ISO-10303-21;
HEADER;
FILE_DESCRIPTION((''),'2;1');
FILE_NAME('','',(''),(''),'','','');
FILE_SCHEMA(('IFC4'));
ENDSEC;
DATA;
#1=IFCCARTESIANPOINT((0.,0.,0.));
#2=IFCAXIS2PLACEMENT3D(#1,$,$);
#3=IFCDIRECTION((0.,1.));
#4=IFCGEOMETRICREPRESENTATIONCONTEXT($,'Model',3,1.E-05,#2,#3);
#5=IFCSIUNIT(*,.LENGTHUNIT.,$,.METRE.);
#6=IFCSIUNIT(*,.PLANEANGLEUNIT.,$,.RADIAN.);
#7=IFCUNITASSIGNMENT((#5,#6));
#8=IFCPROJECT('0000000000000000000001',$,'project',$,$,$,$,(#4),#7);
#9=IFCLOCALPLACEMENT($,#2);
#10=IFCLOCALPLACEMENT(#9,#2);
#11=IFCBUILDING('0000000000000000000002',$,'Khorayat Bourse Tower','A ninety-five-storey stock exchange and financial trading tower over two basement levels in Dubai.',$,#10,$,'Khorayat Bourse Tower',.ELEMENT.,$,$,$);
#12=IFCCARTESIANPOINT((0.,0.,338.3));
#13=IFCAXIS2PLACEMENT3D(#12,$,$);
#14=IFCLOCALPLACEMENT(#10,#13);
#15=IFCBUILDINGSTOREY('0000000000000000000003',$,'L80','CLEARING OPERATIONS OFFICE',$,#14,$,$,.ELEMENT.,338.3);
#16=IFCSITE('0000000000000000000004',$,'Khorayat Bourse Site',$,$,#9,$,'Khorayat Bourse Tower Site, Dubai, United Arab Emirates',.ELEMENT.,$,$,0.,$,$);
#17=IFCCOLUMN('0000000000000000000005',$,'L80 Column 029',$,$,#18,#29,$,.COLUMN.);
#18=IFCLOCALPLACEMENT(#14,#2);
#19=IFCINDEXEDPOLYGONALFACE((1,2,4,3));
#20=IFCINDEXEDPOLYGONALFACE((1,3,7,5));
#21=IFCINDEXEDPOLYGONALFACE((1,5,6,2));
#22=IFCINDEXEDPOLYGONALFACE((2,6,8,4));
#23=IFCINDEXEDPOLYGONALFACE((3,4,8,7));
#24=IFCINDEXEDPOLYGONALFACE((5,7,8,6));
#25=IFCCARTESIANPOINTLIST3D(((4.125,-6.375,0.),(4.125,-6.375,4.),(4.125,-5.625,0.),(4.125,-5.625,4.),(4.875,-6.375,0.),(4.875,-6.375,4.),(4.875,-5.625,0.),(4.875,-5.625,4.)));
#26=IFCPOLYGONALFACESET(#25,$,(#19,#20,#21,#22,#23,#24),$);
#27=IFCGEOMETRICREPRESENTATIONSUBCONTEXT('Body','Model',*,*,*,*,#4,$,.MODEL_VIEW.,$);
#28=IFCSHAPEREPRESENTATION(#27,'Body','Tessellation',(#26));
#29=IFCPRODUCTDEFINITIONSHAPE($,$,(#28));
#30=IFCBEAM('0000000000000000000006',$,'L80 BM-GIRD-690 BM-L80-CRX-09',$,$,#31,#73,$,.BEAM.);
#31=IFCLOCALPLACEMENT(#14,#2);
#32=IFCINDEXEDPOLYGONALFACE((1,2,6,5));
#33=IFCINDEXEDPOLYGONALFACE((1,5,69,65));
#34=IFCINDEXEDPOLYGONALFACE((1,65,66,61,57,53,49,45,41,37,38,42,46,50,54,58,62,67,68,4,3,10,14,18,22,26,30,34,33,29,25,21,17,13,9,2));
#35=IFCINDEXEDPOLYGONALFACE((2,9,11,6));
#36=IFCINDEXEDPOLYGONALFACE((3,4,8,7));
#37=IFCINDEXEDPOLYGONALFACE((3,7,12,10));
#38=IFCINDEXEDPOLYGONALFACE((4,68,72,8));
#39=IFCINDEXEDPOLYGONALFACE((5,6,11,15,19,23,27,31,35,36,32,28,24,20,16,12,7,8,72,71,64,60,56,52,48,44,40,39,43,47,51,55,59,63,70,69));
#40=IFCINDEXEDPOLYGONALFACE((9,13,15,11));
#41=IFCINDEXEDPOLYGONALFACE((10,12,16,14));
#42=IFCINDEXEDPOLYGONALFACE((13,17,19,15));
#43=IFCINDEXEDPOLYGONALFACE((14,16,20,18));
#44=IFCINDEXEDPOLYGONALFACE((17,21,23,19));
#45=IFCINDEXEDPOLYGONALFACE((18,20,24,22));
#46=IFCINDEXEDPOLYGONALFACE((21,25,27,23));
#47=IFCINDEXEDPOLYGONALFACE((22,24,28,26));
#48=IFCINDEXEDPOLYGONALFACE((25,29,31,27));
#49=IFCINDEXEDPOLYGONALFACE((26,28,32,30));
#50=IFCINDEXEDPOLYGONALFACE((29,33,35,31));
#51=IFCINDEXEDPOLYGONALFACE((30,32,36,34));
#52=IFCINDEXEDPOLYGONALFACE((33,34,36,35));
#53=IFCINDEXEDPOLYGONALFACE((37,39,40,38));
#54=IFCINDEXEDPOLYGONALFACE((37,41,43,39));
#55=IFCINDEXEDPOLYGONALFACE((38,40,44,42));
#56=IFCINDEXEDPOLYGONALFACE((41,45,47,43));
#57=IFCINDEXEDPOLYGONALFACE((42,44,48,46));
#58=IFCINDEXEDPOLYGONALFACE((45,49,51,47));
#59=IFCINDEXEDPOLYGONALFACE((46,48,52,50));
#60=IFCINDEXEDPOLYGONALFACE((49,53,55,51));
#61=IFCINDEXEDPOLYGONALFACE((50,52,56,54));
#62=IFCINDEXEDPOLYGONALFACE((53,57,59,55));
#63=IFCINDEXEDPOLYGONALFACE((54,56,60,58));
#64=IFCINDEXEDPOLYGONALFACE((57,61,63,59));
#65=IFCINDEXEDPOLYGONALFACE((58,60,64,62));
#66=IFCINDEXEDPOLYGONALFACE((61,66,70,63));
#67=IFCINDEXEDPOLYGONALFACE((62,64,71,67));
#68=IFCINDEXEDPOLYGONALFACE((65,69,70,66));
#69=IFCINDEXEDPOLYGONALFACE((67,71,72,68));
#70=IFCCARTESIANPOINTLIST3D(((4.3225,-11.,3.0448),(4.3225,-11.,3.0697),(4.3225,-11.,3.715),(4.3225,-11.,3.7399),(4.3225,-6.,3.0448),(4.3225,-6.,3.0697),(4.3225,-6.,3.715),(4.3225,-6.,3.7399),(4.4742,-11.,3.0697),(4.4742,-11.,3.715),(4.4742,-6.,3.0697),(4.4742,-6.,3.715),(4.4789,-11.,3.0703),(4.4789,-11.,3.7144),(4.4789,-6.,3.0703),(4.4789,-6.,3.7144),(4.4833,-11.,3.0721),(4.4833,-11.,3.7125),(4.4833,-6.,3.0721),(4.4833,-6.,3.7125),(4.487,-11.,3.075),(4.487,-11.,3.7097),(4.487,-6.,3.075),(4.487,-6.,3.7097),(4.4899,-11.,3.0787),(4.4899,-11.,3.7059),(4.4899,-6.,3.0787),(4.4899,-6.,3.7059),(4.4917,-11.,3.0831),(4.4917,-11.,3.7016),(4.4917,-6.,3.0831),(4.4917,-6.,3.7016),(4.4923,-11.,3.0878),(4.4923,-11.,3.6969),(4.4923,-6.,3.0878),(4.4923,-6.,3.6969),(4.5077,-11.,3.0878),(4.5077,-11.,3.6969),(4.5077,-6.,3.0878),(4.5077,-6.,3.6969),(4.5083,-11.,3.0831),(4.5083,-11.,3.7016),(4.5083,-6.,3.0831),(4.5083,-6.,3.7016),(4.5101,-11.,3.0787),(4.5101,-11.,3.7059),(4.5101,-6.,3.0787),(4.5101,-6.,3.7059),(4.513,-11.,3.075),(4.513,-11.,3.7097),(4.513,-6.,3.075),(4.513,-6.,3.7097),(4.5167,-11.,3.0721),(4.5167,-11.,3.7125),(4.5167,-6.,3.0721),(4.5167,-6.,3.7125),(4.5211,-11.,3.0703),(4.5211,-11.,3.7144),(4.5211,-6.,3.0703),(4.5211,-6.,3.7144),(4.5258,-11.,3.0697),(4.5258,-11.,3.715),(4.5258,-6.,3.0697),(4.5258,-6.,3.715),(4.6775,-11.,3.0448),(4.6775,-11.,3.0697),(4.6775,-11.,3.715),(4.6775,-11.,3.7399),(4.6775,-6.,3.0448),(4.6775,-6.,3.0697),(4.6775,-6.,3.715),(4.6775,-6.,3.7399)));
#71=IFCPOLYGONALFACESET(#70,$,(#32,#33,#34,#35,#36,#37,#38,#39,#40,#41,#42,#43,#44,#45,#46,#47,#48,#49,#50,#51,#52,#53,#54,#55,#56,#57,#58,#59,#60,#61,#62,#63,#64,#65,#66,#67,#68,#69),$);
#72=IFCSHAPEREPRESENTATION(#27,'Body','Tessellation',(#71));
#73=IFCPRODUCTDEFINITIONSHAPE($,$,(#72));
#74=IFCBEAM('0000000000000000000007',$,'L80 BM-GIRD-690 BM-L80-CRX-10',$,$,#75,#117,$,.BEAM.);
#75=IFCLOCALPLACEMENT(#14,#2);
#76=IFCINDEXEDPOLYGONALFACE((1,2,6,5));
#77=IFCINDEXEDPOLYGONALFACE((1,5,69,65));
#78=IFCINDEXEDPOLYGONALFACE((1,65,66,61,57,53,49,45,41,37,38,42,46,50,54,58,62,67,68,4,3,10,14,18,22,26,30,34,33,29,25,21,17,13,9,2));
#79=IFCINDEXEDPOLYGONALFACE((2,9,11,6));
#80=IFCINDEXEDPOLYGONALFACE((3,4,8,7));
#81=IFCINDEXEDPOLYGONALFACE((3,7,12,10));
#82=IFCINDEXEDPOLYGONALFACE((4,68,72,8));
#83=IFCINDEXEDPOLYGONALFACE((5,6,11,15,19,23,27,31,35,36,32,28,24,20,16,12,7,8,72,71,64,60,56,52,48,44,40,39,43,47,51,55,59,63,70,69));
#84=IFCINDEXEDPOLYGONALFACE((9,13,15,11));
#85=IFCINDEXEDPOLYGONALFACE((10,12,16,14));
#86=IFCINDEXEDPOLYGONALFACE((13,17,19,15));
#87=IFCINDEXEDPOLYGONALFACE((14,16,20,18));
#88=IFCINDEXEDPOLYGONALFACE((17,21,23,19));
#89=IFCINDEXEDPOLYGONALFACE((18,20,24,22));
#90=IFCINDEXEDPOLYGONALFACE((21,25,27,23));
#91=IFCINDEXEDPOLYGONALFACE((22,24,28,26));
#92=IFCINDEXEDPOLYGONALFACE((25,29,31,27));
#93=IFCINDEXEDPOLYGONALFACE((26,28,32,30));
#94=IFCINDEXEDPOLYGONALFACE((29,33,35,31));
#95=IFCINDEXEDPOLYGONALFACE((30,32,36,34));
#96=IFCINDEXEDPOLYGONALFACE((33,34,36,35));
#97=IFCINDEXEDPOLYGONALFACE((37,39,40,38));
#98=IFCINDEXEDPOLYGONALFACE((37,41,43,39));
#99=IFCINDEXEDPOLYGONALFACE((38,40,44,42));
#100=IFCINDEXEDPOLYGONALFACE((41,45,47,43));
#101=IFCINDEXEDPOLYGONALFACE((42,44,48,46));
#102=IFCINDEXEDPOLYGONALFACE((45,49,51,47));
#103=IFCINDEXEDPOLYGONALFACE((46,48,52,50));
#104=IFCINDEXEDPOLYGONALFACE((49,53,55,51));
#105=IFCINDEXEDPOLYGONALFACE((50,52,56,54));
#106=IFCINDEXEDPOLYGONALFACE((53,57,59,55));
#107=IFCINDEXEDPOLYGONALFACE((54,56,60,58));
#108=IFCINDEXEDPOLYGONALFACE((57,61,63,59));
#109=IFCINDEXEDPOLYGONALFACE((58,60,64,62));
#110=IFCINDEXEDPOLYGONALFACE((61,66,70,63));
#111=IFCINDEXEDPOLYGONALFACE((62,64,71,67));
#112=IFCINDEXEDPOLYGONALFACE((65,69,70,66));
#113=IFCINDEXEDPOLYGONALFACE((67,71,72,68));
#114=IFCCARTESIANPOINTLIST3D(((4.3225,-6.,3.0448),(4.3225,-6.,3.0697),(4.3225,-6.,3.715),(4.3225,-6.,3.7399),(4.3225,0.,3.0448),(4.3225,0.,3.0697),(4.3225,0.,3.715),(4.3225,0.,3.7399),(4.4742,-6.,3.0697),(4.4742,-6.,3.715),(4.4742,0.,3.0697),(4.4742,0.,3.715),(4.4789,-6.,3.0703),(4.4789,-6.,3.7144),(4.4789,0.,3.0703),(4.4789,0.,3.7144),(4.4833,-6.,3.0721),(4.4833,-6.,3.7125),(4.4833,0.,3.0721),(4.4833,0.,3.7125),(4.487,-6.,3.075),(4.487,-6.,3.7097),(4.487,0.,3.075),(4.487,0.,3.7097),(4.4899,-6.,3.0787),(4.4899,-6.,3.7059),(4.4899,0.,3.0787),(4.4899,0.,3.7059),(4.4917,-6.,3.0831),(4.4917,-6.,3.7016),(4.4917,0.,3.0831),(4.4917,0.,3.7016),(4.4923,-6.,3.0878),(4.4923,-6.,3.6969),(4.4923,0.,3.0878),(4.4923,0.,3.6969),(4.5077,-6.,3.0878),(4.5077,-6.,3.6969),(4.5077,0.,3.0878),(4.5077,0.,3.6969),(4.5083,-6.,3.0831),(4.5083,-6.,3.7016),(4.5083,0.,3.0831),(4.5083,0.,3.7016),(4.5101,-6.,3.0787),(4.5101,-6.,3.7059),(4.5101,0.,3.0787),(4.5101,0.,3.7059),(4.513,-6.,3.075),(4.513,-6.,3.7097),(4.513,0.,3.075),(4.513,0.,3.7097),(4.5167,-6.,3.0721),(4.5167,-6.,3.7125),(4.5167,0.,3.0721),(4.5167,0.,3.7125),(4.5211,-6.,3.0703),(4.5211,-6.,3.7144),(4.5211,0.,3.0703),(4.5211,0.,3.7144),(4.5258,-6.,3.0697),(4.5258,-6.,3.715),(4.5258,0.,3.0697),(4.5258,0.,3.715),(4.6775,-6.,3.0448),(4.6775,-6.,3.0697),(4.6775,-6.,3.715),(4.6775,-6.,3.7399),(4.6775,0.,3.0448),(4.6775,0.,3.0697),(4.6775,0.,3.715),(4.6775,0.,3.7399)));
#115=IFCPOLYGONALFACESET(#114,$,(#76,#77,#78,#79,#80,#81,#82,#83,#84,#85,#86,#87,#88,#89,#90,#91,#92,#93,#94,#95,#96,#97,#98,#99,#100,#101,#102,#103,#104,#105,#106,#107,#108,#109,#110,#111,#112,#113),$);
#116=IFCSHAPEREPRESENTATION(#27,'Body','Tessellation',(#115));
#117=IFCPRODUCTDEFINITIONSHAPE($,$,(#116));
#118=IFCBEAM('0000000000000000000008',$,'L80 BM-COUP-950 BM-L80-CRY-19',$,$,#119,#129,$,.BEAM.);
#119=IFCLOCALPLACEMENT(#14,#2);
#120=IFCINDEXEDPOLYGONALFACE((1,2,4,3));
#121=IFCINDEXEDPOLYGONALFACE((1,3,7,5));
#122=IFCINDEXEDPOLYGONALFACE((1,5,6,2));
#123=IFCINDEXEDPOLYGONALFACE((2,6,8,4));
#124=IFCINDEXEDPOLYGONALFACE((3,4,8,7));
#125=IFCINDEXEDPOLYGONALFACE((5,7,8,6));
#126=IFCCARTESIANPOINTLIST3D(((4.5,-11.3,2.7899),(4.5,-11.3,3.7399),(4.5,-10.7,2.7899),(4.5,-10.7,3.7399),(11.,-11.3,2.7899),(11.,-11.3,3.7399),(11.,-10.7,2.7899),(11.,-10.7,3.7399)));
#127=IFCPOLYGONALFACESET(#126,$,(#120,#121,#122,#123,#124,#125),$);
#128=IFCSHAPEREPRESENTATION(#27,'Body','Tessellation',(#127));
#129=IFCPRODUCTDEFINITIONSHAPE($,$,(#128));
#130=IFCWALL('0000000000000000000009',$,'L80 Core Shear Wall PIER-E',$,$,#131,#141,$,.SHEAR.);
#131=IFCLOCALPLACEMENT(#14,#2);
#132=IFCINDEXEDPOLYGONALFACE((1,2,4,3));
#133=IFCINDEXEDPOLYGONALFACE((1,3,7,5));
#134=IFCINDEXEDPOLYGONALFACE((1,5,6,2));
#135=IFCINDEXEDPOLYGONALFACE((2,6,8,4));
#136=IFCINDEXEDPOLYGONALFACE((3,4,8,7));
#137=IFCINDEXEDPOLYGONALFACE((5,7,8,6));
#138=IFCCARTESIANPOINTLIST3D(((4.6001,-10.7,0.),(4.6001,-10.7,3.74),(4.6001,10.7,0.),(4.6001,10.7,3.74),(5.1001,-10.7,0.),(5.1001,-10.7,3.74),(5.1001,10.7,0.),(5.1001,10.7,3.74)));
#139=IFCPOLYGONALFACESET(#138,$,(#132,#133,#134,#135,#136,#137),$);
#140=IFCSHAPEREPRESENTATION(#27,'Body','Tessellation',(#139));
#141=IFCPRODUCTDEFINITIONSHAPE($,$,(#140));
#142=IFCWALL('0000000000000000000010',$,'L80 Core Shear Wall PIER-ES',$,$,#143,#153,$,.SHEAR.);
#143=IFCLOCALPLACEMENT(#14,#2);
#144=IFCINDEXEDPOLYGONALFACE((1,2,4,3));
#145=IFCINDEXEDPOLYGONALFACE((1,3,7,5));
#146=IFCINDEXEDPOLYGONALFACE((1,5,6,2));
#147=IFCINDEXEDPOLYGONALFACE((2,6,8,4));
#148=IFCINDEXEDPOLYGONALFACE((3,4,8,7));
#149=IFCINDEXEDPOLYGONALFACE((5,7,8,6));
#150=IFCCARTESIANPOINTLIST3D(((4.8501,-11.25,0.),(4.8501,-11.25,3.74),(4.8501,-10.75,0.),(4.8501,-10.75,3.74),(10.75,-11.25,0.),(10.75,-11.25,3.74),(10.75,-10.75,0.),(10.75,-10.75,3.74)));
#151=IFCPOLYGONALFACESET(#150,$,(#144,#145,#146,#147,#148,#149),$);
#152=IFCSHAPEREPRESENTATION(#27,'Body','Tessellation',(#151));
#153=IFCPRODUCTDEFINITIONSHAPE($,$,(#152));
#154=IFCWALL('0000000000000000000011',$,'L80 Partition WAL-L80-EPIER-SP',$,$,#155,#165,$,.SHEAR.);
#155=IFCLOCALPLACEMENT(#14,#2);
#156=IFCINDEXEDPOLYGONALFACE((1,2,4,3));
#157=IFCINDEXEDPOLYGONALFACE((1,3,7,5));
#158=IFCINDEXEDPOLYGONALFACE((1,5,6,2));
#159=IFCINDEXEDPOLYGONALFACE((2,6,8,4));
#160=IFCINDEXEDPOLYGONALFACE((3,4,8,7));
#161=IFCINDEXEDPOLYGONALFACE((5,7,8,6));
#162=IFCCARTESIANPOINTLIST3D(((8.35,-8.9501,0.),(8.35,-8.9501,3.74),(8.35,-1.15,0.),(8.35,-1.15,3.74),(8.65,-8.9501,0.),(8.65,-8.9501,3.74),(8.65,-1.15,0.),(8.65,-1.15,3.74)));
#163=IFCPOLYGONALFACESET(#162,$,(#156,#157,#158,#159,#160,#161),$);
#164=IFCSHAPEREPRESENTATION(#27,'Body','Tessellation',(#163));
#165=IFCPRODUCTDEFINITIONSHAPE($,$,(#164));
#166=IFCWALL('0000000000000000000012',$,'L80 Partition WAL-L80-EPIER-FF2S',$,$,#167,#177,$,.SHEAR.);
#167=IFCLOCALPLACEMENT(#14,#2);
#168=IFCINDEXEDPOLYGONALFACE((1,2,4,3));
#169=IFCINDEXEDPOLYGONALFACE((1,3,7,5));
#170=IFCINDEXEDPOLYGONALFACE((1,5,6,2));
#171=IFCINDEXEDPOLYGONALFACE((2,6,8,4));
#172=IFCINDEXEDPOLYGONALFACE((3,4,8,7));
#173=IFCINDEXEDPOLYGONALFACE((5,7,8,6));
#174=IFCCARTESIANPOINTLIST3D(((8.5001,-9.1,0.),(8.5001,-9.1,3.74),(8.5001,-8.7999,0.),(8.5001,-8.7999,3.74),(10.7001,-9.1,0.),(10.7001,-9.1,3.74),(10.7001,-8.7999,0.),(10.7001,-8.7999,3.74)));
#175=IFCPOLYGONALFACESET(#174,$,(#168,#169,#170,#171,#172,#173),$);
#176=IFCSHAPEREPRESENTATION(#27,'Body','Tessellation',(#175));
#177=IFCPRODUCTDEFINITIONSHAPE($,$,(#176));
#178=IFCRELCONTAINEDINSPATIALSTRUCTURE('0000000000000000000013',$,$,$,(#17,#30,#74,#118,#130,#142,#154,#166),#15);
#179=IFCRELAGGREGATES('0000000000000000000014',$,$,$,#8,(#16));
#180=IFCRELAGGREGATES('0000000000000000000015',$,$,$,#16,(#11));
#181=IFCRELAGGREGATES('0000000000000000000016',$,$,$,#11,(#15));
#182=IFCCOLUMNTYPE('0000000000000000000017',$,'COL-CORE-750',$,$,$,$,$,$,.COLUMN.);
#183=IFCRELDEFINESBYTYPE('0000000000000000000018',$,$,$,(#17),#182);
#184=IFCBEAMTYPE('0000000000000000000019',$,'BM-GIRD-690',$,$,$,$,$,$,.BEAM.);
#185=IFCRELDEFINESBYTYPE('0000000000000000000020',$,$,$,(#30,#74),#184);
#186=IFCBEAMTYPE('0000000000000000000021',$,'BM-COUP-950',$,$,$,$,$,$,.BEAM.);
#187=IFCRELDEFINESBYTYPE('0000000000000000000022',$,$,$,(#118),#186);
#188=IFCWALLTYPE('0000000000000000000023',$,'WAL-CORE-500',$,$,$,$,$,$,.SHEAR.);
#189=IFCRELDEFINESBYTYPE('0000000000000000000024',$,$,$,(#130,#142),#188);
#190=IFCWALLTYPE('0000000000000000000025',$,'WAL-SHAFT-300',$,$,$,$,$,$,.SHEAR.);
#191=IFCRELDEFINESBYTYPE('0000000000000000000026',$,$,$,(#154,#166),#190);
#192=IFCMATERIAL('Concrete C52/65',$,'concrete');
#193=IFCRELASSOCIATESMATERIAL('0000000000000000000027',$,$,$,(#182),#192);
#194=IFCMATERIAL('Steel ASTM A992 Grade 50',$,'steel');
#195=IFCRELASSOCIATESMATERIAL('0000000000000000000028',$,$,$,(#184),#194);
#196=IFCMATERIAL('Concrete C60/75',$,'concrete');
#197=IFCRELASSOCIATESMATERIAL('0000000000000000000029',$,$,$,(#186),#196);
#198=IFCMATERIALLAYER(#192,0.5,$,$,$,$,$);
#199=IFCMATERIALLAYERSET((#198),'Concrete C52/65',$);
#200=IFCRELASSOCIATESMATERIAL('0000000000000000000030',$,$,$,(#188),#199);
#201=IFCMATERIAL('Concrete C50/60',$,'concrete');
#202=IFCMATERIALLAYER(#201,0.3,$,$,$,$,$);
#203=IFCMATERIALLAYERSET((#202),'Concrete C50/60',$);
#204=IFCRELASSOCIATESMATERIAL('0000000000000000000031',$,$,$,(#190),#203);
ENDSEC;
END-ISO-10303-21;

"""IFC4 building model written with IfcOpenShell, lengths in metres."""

from ifc_helpers import new_model, si_unit, direction, frame, frame_2d, origin, origin_2d, place, context, subcontext, project, spatial, rectangle, i_section, extrude, source, transform, mapped, material, layer, layer_set, material_profile, profile_set, type_object, element, save


model = new_model("IFC4")

# Units and contexts
model_context = context("Model", 3, precision=1e-05, world=origin(), true_north=direction((0.0, 1.0)))
body_context = subcontext(model_context, "Body", "Model", "MODEL_VIEW")
ifc_project = project(units=[si_unit("LENGTHUNIT", "METRE"), si_unit("PLANEANGLEUNIT", "RADIAN")], contexts=[model_context])

# Site, building, storey
site_placement = place(None, origin())
site = spatial("IfcSite", under=ifc_project, at=site_placement, Name="Khorayat Bourse Site", LongName="Khorayat Bourse Tower Site, Dubai, United Arab Emirates", CompositionType="ELEMENT", RefElevation=0.0)
building_placement = place(site_placement, origin())
building = spatial("IfcBuilding", under=site, at=building_placement, Name="Khorayat Bourse Tower", Description="A ninety-five-storey stock exchange and financial trading tower over two basement levels in Dubai.", LongName="Khorayat Bourse Tower", CompositionType="ELEMENT")
storey_placement = place(building_placement, frame((0.0, 0.0, 338.3)))
storey = spatial("IfcBuildingStorey", under=building, at=storey_placement, Name="L80", Description="CLEARING OPERATIONS OFFICE", CompositionType="ELEMENT", Elevation=338.3)

# Column
ifc_material_1 = material(Name="Concrete C52/65", Category="concrete")
ifc_material_profile_1 = material_profile(ifc_material_1, rectangle(XDim=0.75, YDim=0.75, at=origin_2d()), Name="RC 750x750")
ifc_profile_set_1 = profile_set([ifc_material_profile_1], Name="Concrete C52/65")
column_type = type_object("IfcColumnType", Name="COL-CORE-750", PredefinedType="COLUMN", material=ifc_profile_set_1)
shared_shape_1 = source(origin(), body_context, "Body", "SweptSolid", [
    extrude(rectangle(XDim=0.75, YDim=0.75, at=origin_2d()), origin(), (0.0, 0.0, 1.0), 4.0),
])
column_placement = place(storey_placement, frame((4.5, -6.0, 0.0), z_axis=(0.0, 0.0, 1.0), x_axis=(1.0, 0.0, 0.0)))
element("IfcColumn", 1, at=column_placement, inside=storey, type_object=column_type, Name="L80 Column 029", PredefinedType="COLUMN", context=body_context, shape_type="MappedRepresentation", body=[
    mapped(shared_shape_1, transform((0.0, 0.0, 0.0), scale=1.0)),
])

# Beams
ifc_material_2 = material(Name="Steel ASTM A992 Grade 50", Category="steel")
ifc_material_profile_2 = material_profile(ifc_material_2, i_section(OverallWidth=0.355, OverallDepth=0.6951, WebThickness=0.0154, FlangeThickness=0.0249, FilletRadius=0.0181, at=origin_2d()), Name="W690X217")
ifc_profile_set_2 = profile_set([ifc_material_profile_2], Name="Steel ASTM A992 Grade 50")
beam_type_1 = type_object("IfcBeamType", Name="BM-GIRD-690", PredefinedType="BEAM", material=ifc_profile_set_2)
shared_shape_2 = source(origin(), body_context, "Body", "SweptSolid", [
    extrude(i_section(OverallWidth=0.355, OverallDepth=0.6951, WebThickness=0.0154, FlangeThickness=0.0249, FilletRadius=0.0181, at=origin_2d()), origin(), (0.0, 0.0, 1.0), 5.0),
])
beam_1_placement = place(storey_placement, frame((4.5, -11.0, 3.3923), z_axis=(0.0, 1.0, 0.0), x_axis=(-1.0, 0.0, 0.0)))
element("IfcBeam", 2, at=beam_1_placement, inside=storey, type_object=beam_type_1, Name="L80 BM-GIRD-690 BM-L80-CRX-09", PredefinedType="BEAM", context=body_context, shape_type="MappedRepresentation", body=[
    mapped(shared_shape_2, transform((0.0, 0.0, 0.0), scale=1.0)),
])
shared_shape_3 = source(origin(), body_context, "Body", "SweptSolid", [
    extrude(i_section(OverallWidth=0.355, OverallDepth=0.6951, WebThickness=0.0154, FlangeThickness=0.0249, FilletRadius=0.0181, at=origin_2d()), origin(), (0.0, 0.0, 1.0), 6.0),
])
beam_2_placement = place(storey_placement, frame((4.5, -6.0, 3.3923), z_axis=(0.0, 1.0, 0.0), x_axis=(-1.0, 0.0, 0.0)))
element("IfcBeam", 3, at=beam_2_placement, inside=storey, type_object=beam_type_1, Name="L80 BM-GIRD-690 BM-L80-CRX-10", PredefinedType="BEAM", context=body_context, shape_type="MappedRepresentation", body=[
    mapped(shared_shape_3, transform((0.0, 0.0, 0.0), scale=1.0)),
])
ifc_material_3 = material(Name="Concrete C60/75", Category="concrete")
ifc_material_profile_3 = material_profile(ifc_material_3, rectangle(XDim=0.6001, YDim=0.95, at=origin_2d()), Name="RC 600x950")
ifc_profile_set_3 = profile_set([ifc_material_profile_3], Name="Concrete C60/75")
beam_type_2 = type_object("IfcBeamType", Name="BM-COUP-950", PredefinedType="BEAM", material=ifc_profile_set_3)
shared_shape_4 = source(origin(), body_context, "Body", "SweptSolid", [
    extrude(rectangle(XDim=0.6001, YDim=0.95, at=origin_2d()), origin(), (0.0, 0.0, 1.0), 6.5),
])
beam_3_placement = place(storey_placement, frame((4.5, -11.0, 3.2649), z_axis=(1.0, 0.0, 0.0), x_axis=(0.0, 1.0, 0.0)))
element("IfcBeam", 4, at=beam_3_placement, inside=storey, type_object=beam_type_2, Name="L80 BM-COUP-950 BM-L80-CRY-19", PredefinedType="BEAM", context=body_context, shape_type="MappedRepresentation", body=[
    mapped(shared_shape_4, transform((0.0, 0.0, 0.0), scale=1.0)),
])

# Walls
ifc_layer_1 = layer(ifc_material_1, 0.5)
ifc_layer_set_1 = layer_set([ifc_layer_1], Name="Concrete C52/65")
wall_type_1 = type_object("IfcWallType", Name="WAL-CORE-500", PredefinedType="SHEAR", material=ifc_layer_set_1)
shared_shape_5 = source(origin(), body_context, "Body", "SweptSolid", [
    extrude(rectangle(XDim=21.3999, YDim=0.5, at=frame_2d((10.7, 0.0))), origin(), (0.0, 0.0, 1.0), 3.74),
])
wall_1_placement = place(storey_placement, frame((4.8501, -10.7, 0.0), z_axis=(0.0, 0.0, 1.0), x_axis=(0.0, 1.0, 0.0)))
element("IfcWall", 5, at=wall_1_placement, inside=storey, type_object=wall_type_1, Name="L80 Core Shear Wall PIER-E", PredefinedType="SHEAR", context=body_context, shape_type="MappedRepresentation", body=[
    mapped(shared_shape_5, transform((0.0, 0.0, 0.0), scale=1.0)),
])
shared_shape_6 = source(origin(), body_context, "Body", "SweptSolid", [
    extrude(rectangle(XDim=5.8999, YDim=0.5, at=frame_2d((2.95, 0.0))), origin(), (0.0, 0.0, 1.0), 3.74),
])
wall_2_placement = place(storey_placement, frame((4.8501, -11.0, 0.0), z_axis=(0.0, 0.0, 1.0), x_axis=(1.0, 0.0, 0.0)))
element("IfcWall", 6, at=wall_2_placement, inside=storey, type_object=wall_type_1, Name="L80 Core Shear Wall PIER-ES", PredefinedType="SHEAR", context=body_context, shape_type="MappedRepresentation", body=[
    mapped(shared_shape_6, transform((0.0, 0.0, 0.0), scale=1.0)),
])
ifc_material_4 = material(Name="Concrete C50/60", Category="concrete")
ifc_layer_2 = layer(ifc_material_4, 0.3)
ifc_layer_set_2 = layer_set([ifc_layer_2], Name="Concrete C50/60")
wall_type_2 = type_object("IfcWallType", Name="WAL-SHAFT-300", PredefinedType="SHEAR", material=ifc_layer_set_2)
shared_shape_7 = source(origin(), body_context, "Body", "SweptSolid", [
    extrude(rectangle(XDim=7.8, YDim=0.3, at=frame_2d((3.8999, 0.0))), origin(), (0.0, 0.0, 1.0), 3.74),
])
wall_3_placement = place(storey_placement, frame((8.5, -8.95, 0.0), z_axis=(0.0, 0.0, 1.0), x_axis=(0.0, 1.0, 0.0)))
element("IfcWall", 7, at=wall_3_placement, inside=storey, type_object=wall_type_2, Name="L80 Partition WAL-L80-EPIER-SP", PredefinedType="SHEAR", context=body_context, shape_type="MappedRepresentation", body=[
    mapped(shared_shape_7, transform((0.0, 0.0, 0.0), scale=1.0)),
])
shared_shape_8 = source(origin(), body_context, "Body", "SweptSolid", [
    extrude(rectangle(XDim=2.2, YDim=0.3, at=frame_2d((1.1001, 0.0))), origin(), (0.0, 0.0, 1.0), 3.74),
])
for number, where, z_axis, x_axis, name in (
    (8, (8.5, -8.95, 0.0), (0.0, 0.0, 1.0), (1.0, 0.0, 0.0), "L80 Partition WAL-L80-EPIER-FF2S"),
):
    element("IfcWall", number, at=place(storey_placement, frame(where, z_axis=z_axis, x_axis=x_axis)), inside=storey, type_object=wall_type_2, Name=name, PredefinedType="SHEAR", context=body_context, shape_type="MappedRepresentation", body=[
        mapped(shared_shape_8, transform((0.0, 0.0, 0.0), scale=1.0)),
    ])

save(model, "model.ifc")
